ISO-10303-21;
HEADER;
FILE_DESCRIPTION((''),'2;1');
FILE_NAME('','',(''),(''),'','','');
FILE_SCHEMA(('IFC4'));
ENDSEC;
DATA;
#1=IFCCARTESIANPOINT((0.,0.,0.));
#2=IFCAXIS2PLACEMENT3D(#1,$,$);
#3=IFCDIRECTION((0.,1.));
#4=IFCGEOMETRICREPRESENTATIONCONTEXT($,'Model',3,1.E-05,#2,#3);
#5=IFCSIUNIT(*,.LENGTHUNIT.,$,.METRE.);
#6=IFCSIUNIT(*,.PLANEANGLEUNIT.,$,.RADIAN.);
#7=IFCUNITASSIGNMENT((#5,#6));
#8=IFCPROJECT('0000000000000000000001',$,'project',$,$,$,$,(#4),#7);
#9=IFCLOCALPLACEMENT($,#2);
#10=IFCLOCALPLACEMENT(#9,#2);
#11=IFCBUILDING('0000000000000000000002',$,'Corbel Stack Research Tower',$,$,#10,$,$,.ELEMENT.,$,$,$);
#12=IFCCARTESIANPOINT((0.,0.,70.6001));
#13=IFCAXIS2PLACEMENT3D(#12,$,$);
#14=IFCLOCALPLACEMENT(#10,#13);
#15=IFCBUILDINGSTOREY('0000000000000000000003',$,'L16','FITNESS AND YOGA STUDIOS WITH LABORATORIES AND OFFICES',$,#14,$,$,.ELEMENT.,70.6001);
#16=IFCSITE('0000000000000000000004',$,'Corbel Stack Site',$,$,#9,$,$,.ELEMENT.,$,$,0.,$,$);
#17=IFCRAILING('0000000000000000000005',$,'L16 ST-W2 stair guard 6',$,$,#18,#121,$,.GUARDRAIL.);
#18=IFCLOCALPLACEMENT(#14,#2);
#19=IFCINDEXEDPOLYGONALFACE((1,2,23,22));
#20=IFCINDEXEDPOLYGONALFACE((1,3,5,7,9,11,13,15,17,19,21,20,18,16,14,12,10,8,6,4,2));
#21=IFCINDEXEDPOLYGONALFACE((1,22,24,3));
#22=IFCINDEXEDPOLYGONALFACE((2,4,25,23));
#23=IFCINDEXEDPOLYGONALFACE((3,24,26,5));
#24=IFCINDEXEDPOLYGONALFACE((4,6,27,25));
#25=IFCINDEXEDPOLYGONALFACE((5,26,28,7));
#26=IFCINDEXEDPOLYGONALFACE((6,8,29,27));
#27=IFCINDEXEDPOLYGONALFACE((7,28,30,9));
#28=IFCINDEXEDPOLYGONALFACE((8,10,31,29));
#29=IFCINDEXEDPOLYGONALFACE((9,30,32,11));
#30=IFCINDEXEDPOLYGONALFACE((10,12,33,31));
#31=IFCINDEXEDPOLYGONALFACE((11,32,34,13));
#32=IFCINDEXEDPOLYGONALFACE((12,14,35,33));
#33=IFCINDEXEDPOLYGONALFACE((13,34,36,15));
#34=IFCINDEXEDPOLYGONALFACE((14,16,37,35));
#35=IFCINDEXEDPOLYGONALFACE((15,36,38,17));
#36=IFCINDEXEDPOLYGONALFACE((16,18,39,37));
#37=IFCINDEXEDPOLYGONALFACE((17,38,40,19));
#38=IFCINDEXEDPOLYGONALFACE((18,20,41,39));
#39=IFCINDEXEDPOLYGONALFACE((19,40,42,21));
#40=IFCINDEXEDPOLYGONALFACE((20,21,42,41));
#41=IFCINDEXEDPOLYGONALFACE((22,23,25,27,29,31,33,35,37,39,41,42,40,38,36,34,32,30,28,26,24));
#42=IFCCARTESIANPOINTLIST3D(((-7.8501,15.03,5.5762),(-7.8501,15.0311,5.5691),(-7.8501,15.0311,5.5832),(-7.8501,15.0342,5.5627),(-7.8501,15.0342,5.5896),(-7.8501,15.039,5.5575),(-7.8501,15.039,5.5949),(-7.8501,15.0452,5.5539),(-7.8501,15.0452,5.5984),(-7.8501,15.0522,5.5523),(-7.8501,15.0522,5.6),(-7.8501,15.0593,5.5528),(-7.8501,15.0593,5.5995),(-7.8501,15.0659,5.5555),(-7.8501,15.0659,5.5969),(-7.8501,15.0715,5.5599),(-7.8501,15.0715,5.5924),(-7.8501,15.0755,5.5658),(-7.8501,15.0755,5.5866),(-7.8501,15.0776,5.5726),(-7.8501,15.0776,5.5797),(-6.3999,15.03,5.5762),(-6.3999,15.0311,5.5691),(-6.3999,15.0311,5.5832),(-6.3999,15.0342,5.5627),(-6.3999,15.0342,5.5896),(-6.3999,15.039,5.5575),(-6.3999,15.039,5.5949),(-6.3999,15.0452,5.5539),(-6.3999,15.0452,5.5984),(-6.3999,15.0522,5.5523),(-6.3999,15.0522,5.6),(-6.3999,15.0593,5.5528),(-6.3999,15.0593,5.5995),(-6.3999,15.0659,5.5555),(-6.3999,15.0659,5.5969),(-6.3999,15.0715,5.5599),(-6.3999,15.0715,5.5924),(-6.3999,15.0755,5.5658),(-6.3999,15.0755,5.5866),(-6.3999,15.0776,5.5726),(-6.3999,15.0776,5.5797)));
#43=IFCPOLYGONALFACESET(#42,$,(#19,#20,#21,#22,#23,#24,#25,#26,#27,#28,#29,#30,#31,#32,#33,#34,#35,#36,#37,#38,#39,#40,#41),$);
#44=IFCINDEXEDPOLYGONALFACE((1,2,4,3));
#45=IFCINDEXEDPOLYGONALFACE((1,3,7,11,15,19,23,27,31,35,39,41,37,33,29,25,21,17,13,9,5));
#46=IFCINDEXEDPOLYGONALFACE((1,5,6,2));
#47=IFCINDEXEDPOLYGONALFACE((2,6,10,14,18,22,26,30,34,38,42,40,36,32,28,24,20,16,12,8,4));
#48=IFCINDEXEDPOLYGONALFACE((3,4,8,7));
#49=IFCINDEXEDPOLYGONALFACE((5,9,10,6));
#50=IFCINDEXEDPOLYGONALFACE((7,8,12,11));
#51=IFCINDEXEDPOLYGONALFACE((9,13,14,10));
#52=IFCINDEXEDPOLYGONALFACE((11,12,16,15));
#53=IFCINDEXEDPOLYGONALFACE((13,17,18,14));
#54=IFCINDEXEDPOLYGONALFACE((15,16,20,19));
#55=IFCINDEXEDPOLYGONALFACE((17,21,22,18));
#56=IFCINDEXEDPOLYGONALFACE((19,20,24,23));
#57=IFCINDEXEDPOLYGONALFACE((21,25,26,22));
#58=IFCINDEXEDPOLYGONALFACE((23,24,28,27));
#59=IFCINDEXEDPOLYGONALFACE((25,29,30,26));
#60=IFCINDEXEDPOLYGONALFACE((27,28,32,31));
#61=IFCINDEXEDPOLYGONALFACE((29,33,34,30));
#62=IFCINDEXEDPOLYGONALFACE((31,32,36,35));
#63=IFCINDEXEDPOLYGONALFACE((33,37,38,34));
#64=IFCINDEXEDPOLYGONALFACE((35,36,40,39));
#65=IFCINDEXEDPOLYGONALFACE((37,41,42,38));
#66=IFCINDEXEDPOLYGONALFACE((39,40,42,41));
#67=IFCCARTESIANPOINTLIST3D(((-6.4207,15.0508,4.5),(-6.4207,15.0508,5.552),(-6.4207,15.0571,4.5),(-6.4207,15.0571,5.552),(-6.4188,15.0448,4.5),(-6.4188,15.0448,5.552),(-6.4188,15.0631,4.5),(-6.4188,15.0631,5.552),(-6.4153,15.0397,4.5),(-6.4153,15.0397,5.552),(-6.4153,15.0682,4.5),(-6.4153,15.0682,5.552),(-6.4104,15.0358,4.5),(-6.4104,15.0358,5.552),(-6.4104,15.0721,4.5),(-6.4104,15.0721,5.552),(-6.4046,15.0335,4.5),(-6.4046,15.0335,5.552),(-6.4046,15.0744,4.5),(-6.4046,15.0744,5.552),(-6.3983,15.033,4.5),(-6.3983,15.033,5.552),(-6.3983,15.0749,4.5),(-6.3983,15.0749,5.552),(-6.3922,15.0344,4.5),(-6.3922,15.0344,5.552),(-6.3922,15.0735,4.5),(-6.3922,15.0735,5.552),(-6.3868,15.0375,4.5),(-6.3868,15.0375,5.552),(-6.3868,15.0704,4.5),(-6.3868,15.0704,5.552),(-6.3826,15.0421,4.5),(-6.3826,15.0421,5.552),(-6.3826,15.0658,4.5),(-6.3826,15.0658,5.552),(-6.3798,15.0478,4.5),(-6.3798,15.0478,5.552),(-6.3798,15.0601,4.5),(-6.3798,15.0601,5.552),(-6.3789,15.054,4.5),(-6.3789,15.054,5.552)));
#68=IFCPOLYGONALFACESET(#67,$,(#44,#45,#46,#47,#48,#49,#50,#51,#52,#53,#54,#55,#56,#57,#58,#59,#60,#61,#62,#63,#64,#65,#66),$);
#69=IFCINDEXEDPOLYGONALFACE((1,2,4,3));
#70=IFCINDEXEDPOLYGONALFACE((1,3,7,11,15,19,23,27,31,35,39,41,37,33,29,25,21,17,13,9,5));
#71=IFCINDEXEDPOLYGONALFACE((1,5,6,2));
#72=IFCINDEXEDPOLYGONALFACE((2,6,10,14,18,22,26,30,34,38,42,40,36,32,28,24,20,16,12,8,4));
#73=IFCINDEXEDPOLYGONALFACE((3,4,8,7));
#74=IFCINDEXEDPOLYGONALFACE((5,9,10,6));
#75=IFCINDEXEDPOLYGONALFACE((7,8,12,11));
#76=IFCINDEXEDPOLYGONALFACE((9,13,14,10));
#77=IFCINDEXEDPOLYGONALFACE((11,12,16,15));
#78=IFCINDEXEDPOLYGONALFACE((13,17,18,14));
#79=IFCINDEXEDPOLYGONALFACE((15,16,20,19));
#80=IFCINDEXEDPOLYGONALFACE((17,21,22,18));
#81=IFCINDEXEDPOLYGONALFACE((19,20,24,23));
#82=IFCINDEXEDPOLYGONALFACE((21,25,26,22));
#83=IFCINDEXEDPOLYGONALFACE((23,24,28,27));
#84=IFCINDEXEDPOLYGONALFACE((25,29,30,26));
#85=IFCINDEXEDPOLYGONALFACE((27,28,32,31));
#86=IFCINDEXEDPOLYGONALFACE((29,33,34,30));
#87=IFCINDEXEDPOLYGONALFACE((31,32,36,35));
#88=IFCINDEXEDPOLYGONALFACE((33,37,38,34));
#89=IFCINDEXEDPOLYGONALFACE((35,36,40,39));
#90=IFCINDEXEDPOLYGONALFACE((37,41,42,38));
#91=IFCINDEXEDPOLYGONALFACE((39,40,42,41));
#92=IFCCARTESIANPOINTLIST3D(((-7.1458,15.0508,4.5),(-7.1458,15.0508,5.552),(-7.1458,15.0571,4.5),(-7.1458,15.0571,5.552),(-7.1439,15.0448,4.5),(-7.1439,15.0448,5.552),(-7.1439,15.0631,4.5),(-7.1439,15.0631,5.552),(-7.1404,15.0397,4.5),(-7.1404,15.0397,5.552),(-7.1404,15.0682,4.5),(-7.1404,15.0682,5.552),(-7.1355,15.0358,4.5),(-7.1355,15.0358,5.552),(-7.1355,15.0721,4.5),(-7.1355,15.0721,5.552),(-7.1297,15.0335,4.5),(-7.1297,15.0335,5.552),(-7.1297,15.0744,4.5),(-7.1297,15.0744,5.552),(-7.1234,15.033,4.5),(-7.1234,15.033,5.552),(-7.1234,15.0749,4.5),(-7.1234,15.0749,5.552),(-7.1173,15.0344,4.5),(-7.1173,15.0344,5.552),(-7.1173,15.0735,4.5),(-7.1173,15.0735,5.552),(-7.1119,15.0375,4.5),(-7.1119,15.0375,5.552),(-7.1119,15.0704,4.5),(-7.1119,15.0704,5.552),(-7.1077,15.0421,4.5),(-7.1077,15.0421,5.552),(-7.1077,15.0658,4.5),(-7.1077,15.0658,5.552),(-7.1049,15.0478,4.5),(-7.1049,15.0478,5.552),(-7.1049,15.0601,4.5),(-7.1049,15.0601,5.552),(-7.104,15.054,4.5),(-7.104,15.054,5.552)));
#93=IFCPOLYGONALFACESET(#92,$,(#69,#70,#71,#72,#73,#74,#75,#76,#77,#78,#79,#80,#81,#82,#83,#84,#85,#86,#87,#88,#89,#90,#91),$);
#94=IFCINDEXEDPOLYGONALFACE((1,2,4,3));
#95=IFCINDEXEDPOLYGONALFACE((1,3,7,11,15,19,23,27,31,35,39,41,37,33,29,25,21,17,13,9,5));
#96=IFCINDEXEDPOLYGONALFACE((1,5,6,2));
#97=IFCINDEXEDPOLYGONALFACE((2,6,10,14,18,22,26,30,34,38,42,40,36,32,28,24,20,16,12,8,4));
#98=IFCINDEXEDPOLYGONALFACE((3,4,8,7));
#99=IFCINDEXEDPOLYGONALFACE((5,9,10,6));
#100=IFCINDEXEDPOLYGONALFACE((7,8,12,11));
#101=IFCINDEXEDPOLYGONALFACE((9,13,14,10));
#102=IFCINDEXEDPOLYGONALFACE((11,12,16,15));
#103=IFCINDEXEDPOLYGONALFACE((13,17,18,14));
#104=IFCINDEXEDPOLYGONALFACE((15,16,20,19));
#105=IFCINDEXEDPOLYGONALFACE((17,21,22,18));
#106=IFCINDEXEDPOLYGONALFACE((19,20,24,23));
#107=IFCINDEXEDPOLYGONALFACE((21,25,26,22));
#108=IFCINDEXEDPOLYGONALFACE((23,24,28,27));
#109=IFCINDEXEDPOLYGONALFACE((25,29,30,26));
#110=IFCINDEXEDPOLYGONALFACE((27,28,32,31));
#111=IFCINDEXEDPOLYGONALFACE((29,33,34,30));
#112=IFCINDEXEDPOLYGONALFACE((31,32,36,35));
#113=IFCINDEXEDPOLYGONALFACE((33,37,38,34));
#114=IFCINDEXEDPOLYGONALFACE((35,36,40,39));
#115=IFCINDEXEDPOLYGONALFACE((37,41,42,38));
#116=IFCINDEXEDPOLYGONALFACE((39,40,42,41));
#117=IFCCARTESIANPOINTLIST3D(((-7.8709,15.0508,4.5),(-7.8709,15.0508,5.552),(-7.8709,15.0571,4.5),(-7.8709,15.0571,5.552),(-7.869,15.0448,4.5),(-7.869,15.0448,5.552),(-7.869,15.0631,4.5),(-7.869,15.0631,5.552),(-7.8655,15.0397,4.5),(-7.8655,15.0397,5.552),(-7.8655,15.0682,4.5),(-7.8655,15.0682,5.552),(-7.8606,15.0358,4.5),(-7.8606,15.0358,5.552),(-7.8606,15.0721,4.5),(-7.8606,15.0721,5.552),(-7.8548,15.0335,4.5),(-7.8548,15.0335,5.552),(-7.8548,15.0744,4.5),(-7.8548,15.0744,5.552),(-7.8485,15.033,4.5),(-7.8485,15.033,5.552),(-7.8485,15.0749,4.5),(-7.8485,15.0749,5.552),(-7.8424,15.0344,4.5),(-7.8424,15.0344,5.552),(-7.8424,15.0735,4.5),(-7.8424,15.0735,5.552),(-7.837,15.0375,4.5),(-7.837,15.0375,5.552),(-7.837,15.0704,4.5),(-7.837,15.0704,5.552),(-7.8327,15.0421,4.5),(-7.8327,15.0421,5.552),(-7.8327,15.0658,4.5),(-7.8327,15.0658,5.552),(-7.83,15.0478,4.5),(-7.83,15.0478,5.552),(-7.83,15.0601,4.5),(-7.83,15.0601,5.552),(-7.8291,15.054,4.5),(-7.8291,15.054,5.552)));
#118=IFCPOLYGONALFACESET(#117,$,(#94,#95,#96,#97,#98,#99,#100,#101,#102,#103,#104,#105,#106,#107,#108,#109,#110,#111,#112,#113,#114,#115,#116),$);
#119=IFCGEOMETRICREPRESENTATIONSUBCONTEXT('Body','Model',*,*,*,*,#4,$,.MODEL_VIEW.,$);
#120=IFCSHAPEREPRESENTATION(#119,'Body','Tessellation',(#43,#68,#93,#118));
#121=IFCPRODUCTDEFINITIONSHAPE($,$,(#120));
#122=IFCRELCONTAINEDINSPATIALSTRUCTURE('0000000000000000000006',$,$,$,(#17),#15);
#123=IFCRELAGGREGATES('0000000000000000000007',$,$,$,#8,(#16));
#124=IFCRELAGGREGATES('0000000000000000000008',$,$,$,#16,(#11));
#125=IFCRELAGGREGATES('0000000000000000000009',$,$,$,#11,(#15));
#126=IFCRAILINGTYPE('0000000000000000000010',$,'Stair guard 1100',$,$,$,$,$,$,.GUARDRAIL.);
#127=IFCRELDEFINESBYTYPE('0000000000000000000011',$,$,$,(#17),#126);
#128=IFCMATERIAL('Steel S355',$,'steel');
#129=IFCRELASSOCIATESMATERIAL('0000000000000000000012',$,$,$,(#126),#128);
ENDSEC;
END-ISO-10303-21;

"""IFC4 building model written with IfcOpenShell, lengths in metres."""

from ifc_helpers import new_model, si_unit, direction, frame, origin, origin_2d, place, context, subcontext, project, spatial, circle, extrude, material, type_object, element, save


model = new_model("IFC4")

# Units and contexts
model_context = context("Model", 3, precision=1e-05, world=origin(), true_north=direction((0.0, 1.0)))
body_context = subcontext(model_context, "Body", "Model", "MODEL_VIEW")
ifc_project = project(units=[si_unit("LENGTHUNIT", "METRE"), si_unit("PLANEANGLEUNIT", "RADIAN")], contexts=[model_context])

# Site, building, storey
site_placement = place(None, origin())
site = spatial("IfcSite", under=ifc_project, at=site_placement, Name="Corbel Stack Site", CompositionType="ELEMENT", RefElevation=0.0)
building_placement = place(site_placement, origin())
building = spatial("IfcBuilding", under=site, at=building_placement, Name="Corbel Stack Research Tower", CompositionType="ELEMENT")
storey_placement = place(building_placement, frame((0.0, 0.0, 70.6001)))
storey = spatial("IfcBuildingStorey", under=building, at=storey_placement, Name="L16", Description="FITNESS AND YOGA STUDIOS WITH LABORATORIES AND OFFICES", CompositionType="ELEMENT", Elevation=70.6001)

# Railing
ifc_material_1 = material(Name="Steel S355", Category="steel")
railing_type_1 = type_object("IfcRailingType", Name="Stair guard 1100", PredefinedType="GUARDRAIL", material=ifc_material_1)
railing_1_placement = place(storey_placement, frame((-6.3999, 15.054, 4.5)))
element("IfcRailing", 1, at=railing_1_placement, inside=storey, type_object=railing_type_1, Name="L16 ST-W2 stair guard 6", PredefinedType="GUARDRAIL", context=body_context, shape_type="SweptSolid", body=[
    extrude(circle(Radius=0.0239, at=origin_2d()), frame((0.0, 0.0, 1.0762), z_axis=(-1.0, 0.0, 0.0), x_axis=(0.0, -1.0, 0.0)), (0.0, 0.0, 1.0), 1.4502),
    extrude(circle(Radius=0.021, at=origin_2d()), origin(), (0.0, 0.0, 1.0), 1.052),
    extrude(circle(Radius=0.021, at=origin_2d()), frame((-0.7251, 0.0, 0.0)), (0.0, 0.0, 1.0), 1.052),
    extrude(circle(Radius=0.021, at=origin_2d()), frame((-1.4502, 0.0, 0.0)), (0.0, 0.0, 1.0), 1.052),
])

save(model, "model.ifc")
